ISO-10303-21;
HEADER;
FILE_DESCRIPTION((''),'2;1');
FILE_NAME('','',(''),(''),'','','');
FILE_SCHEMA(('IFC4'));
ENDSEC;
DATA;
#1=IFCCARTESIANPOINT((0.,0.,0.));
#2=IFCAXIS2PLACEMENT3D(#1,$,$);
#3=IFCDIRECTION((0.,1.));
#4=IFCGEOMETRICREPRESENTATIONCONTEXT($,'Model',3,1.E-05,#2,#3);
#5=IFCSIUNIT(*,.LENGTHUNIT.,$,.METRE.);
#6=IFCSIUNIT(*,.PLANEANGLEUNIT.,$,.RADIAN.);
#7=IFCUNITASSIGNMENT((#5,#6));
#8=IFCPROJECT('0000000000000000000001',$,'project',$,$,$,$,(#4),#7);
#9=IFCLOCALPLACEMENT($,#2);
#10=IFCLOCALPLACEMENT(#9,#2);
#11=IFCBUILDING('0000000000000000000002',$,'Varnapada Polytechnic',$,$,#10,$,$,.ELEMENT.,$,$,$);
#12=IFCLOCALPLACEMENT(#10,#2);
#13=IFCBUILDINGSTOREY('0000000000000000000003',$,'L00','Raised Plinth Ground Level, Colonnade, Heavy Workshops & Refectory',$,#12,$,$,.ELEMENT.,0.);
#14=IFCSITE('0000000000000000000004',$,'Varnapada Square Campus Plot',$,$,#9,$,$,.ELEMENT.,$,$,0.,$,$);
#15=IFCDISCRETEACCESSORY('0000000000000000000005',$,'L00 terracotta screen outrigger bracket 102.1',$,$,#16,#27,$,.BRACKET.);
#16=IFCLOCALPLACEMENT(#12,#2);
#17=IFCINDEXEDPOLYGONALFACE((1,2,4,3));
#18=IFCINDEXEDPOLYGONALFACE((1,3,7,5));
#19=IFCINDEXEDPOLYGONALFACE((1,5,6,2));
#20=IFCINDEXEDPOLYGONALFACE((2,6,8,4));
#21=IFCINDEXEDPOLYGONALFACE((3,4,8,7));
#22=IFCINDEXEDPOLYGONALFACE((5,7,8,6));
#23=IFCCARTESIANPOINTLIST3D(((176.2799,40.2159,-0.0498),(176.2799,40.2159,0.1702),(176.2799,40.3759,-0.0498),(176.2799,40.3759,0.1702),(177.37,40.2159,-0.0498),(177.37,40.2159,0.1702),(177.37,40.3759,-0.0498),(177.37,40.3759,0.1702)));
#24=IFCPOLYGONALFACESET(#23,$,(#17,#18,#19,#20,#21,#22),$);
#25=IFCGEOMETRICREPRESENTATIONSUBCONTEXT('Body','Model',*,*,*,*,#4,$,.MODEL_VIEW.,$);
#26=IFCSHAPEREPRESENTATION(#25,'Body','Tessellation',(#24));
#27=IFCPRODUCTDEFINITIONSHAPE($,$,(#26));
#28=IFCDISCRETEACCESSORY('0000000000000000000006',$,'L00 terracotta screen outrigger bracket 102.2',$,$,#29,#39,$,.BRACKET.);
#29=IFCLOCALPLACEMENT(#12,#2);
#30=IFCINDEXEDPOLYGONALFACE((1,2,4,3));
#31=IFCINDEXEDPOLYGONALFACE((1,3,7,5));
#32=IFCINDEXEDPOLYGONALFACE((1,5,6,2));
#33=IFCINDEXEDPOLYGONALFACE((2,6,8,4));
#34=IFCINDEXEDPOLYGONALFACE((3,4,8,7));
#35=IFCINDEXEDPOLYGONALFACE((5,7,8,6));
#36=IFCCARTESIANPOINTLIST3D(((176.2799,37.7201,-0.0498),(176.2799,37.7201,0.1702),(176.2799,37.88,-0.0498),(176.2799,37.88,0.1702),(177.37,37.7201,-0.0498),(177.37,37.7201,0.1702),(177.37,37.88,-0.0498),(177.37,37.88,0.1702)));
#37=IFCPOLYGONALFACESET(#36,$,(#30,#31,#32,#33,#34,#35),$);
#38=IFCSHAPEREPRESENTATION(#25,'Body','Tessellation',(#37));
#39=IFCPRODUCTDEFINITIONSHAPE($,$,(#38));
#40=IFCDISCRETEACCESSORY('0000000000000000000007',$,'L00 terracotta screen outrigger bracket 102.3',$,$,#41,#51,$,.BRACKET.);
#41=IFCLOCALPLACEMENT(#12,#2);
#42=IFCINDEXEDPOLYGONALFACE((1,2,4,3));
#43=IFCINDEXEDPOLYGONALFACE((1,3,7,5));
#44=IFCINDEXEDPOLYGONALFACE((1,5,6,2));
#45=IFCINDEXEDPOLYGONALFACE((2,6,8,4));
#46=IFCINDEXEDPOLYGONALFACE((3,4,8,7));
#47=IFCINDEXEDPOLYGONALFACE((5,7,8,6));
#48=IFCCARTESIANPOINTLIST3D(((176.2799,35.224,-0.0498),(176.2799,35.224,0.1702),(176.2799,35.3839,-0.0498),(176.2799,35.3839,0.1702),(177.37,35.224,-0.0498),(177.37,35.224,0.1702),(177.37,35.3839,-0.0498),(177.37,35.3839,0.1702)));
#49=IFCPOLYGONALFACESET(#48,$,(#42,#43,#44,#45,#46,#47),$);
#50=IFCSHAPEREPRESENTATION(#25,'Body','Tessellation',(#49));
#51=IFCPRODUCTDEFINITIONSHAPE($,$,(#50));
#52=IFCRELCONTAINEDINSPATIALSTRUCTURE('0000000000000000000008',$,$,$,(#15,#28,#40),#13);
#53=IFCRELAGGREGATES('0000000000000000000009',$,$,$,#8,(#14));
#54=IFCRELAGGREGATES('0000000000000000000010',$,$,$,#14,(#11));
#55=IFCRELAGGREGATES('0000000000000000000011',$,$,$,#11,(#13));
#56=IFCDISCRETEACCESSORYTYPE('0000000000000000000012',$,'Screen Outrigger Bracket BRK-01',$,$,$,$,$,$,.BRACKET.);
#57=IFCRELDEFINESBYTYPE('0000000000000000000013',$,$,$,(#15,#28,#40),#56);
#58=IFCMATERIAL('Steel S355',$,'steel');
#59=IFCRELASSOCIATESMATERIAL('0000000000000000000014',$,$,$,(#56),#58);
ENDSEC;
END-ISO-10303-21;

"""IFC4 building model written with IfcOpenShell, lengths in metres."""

from ifc_helpers import new_model, si_unit, direction, frame, origin, origin_2d, place, context, subcontext, project, spatial, rectangle, extrude, material, type_object, element, save


model = new_model("IFC4")

# Units and contexts
model_context = context("Model", 3, precision=1e-05, world=origin(), true_north=direction((0.0, 1.0)))
body_context = subcontext(model_context, "Body", "Model", "MODEL_VIEW")
ifc_project = project(units=[si_unit("LENGTHUNIT", "METRE"), si_unit("PLANEANGLEUNIT", "RADIAN")], contexts=[model_context])

# Site, building, storey
site_placement = place(None, origin())
site = spatial("IfcSite", under=ifc_project, at=site_placement, Name="Varnapada Square Campus Plot", CompositionType="ELEMENT", RefElevation=0.0)
building_placement = place(site_placement, origin())
building = spatial("IfcBuilding", under=site, at=building_placement, Name="Varnapada Polytechnic", CompositionType="ELEMENT")
storey_placement = place(building_placement, origin())
storey = spatial("IfcBuildingStorey", under=building, at=storey_placement, Name="L00", Description="Raised Plinth Ground Level, Colonnade, Heavy Workshops & Refectory", CompositionType="ELEMENT", Elevation=0.0)

# Discrete accessories
ifc_material_1 = material(Name="Steel S355", Category="steel")
discrete_accessory_type = type_object("IfcDiscreteAccessoryType", Name="Screen Outrigger Bracket BRK-01", PredefinedType="BRACKET", material=ifc_material_1)
for number, where, z_axis, x_axis, name in (
    (1, (176.825, 40.2959, -0.0498), (0.0, 0.0, 1.0), (0.0, -1.0, 0.0), "L00 terracotta screen outrigger bracket 102.1"),
    (2, (176.825, 37.8, -0.0498), (0.0, 0.0, 1.0), (0.0, -1.0, 0.0), "L00 terracotta screen outrigger bracket 102.2"),
    (3, (176.825, 35.304, -0.0498), (0.0, 0.0, 1.0), (0.0, -1.0, 0.0), "L00 terracotta screen outrigger bracket 102.3"),
):
    element("IfcDiscreteAccessory", number, at=place(storey_placement, frame(where, z_axis=z_axis, x_axis=x_axis)), inside=storey, type_object=discrete_accessory_type, Name=name, PredefinedType="BRACKET", context=body_context, shape_type="SweptSolid", body=[
        extrude(rectangle(XDim=0.1599, YDim=1.0901, at=origin_2d()), origin(), (0.0, 0.0, 1.0), 0.22),
    ])

save(model, "model.ifc")
